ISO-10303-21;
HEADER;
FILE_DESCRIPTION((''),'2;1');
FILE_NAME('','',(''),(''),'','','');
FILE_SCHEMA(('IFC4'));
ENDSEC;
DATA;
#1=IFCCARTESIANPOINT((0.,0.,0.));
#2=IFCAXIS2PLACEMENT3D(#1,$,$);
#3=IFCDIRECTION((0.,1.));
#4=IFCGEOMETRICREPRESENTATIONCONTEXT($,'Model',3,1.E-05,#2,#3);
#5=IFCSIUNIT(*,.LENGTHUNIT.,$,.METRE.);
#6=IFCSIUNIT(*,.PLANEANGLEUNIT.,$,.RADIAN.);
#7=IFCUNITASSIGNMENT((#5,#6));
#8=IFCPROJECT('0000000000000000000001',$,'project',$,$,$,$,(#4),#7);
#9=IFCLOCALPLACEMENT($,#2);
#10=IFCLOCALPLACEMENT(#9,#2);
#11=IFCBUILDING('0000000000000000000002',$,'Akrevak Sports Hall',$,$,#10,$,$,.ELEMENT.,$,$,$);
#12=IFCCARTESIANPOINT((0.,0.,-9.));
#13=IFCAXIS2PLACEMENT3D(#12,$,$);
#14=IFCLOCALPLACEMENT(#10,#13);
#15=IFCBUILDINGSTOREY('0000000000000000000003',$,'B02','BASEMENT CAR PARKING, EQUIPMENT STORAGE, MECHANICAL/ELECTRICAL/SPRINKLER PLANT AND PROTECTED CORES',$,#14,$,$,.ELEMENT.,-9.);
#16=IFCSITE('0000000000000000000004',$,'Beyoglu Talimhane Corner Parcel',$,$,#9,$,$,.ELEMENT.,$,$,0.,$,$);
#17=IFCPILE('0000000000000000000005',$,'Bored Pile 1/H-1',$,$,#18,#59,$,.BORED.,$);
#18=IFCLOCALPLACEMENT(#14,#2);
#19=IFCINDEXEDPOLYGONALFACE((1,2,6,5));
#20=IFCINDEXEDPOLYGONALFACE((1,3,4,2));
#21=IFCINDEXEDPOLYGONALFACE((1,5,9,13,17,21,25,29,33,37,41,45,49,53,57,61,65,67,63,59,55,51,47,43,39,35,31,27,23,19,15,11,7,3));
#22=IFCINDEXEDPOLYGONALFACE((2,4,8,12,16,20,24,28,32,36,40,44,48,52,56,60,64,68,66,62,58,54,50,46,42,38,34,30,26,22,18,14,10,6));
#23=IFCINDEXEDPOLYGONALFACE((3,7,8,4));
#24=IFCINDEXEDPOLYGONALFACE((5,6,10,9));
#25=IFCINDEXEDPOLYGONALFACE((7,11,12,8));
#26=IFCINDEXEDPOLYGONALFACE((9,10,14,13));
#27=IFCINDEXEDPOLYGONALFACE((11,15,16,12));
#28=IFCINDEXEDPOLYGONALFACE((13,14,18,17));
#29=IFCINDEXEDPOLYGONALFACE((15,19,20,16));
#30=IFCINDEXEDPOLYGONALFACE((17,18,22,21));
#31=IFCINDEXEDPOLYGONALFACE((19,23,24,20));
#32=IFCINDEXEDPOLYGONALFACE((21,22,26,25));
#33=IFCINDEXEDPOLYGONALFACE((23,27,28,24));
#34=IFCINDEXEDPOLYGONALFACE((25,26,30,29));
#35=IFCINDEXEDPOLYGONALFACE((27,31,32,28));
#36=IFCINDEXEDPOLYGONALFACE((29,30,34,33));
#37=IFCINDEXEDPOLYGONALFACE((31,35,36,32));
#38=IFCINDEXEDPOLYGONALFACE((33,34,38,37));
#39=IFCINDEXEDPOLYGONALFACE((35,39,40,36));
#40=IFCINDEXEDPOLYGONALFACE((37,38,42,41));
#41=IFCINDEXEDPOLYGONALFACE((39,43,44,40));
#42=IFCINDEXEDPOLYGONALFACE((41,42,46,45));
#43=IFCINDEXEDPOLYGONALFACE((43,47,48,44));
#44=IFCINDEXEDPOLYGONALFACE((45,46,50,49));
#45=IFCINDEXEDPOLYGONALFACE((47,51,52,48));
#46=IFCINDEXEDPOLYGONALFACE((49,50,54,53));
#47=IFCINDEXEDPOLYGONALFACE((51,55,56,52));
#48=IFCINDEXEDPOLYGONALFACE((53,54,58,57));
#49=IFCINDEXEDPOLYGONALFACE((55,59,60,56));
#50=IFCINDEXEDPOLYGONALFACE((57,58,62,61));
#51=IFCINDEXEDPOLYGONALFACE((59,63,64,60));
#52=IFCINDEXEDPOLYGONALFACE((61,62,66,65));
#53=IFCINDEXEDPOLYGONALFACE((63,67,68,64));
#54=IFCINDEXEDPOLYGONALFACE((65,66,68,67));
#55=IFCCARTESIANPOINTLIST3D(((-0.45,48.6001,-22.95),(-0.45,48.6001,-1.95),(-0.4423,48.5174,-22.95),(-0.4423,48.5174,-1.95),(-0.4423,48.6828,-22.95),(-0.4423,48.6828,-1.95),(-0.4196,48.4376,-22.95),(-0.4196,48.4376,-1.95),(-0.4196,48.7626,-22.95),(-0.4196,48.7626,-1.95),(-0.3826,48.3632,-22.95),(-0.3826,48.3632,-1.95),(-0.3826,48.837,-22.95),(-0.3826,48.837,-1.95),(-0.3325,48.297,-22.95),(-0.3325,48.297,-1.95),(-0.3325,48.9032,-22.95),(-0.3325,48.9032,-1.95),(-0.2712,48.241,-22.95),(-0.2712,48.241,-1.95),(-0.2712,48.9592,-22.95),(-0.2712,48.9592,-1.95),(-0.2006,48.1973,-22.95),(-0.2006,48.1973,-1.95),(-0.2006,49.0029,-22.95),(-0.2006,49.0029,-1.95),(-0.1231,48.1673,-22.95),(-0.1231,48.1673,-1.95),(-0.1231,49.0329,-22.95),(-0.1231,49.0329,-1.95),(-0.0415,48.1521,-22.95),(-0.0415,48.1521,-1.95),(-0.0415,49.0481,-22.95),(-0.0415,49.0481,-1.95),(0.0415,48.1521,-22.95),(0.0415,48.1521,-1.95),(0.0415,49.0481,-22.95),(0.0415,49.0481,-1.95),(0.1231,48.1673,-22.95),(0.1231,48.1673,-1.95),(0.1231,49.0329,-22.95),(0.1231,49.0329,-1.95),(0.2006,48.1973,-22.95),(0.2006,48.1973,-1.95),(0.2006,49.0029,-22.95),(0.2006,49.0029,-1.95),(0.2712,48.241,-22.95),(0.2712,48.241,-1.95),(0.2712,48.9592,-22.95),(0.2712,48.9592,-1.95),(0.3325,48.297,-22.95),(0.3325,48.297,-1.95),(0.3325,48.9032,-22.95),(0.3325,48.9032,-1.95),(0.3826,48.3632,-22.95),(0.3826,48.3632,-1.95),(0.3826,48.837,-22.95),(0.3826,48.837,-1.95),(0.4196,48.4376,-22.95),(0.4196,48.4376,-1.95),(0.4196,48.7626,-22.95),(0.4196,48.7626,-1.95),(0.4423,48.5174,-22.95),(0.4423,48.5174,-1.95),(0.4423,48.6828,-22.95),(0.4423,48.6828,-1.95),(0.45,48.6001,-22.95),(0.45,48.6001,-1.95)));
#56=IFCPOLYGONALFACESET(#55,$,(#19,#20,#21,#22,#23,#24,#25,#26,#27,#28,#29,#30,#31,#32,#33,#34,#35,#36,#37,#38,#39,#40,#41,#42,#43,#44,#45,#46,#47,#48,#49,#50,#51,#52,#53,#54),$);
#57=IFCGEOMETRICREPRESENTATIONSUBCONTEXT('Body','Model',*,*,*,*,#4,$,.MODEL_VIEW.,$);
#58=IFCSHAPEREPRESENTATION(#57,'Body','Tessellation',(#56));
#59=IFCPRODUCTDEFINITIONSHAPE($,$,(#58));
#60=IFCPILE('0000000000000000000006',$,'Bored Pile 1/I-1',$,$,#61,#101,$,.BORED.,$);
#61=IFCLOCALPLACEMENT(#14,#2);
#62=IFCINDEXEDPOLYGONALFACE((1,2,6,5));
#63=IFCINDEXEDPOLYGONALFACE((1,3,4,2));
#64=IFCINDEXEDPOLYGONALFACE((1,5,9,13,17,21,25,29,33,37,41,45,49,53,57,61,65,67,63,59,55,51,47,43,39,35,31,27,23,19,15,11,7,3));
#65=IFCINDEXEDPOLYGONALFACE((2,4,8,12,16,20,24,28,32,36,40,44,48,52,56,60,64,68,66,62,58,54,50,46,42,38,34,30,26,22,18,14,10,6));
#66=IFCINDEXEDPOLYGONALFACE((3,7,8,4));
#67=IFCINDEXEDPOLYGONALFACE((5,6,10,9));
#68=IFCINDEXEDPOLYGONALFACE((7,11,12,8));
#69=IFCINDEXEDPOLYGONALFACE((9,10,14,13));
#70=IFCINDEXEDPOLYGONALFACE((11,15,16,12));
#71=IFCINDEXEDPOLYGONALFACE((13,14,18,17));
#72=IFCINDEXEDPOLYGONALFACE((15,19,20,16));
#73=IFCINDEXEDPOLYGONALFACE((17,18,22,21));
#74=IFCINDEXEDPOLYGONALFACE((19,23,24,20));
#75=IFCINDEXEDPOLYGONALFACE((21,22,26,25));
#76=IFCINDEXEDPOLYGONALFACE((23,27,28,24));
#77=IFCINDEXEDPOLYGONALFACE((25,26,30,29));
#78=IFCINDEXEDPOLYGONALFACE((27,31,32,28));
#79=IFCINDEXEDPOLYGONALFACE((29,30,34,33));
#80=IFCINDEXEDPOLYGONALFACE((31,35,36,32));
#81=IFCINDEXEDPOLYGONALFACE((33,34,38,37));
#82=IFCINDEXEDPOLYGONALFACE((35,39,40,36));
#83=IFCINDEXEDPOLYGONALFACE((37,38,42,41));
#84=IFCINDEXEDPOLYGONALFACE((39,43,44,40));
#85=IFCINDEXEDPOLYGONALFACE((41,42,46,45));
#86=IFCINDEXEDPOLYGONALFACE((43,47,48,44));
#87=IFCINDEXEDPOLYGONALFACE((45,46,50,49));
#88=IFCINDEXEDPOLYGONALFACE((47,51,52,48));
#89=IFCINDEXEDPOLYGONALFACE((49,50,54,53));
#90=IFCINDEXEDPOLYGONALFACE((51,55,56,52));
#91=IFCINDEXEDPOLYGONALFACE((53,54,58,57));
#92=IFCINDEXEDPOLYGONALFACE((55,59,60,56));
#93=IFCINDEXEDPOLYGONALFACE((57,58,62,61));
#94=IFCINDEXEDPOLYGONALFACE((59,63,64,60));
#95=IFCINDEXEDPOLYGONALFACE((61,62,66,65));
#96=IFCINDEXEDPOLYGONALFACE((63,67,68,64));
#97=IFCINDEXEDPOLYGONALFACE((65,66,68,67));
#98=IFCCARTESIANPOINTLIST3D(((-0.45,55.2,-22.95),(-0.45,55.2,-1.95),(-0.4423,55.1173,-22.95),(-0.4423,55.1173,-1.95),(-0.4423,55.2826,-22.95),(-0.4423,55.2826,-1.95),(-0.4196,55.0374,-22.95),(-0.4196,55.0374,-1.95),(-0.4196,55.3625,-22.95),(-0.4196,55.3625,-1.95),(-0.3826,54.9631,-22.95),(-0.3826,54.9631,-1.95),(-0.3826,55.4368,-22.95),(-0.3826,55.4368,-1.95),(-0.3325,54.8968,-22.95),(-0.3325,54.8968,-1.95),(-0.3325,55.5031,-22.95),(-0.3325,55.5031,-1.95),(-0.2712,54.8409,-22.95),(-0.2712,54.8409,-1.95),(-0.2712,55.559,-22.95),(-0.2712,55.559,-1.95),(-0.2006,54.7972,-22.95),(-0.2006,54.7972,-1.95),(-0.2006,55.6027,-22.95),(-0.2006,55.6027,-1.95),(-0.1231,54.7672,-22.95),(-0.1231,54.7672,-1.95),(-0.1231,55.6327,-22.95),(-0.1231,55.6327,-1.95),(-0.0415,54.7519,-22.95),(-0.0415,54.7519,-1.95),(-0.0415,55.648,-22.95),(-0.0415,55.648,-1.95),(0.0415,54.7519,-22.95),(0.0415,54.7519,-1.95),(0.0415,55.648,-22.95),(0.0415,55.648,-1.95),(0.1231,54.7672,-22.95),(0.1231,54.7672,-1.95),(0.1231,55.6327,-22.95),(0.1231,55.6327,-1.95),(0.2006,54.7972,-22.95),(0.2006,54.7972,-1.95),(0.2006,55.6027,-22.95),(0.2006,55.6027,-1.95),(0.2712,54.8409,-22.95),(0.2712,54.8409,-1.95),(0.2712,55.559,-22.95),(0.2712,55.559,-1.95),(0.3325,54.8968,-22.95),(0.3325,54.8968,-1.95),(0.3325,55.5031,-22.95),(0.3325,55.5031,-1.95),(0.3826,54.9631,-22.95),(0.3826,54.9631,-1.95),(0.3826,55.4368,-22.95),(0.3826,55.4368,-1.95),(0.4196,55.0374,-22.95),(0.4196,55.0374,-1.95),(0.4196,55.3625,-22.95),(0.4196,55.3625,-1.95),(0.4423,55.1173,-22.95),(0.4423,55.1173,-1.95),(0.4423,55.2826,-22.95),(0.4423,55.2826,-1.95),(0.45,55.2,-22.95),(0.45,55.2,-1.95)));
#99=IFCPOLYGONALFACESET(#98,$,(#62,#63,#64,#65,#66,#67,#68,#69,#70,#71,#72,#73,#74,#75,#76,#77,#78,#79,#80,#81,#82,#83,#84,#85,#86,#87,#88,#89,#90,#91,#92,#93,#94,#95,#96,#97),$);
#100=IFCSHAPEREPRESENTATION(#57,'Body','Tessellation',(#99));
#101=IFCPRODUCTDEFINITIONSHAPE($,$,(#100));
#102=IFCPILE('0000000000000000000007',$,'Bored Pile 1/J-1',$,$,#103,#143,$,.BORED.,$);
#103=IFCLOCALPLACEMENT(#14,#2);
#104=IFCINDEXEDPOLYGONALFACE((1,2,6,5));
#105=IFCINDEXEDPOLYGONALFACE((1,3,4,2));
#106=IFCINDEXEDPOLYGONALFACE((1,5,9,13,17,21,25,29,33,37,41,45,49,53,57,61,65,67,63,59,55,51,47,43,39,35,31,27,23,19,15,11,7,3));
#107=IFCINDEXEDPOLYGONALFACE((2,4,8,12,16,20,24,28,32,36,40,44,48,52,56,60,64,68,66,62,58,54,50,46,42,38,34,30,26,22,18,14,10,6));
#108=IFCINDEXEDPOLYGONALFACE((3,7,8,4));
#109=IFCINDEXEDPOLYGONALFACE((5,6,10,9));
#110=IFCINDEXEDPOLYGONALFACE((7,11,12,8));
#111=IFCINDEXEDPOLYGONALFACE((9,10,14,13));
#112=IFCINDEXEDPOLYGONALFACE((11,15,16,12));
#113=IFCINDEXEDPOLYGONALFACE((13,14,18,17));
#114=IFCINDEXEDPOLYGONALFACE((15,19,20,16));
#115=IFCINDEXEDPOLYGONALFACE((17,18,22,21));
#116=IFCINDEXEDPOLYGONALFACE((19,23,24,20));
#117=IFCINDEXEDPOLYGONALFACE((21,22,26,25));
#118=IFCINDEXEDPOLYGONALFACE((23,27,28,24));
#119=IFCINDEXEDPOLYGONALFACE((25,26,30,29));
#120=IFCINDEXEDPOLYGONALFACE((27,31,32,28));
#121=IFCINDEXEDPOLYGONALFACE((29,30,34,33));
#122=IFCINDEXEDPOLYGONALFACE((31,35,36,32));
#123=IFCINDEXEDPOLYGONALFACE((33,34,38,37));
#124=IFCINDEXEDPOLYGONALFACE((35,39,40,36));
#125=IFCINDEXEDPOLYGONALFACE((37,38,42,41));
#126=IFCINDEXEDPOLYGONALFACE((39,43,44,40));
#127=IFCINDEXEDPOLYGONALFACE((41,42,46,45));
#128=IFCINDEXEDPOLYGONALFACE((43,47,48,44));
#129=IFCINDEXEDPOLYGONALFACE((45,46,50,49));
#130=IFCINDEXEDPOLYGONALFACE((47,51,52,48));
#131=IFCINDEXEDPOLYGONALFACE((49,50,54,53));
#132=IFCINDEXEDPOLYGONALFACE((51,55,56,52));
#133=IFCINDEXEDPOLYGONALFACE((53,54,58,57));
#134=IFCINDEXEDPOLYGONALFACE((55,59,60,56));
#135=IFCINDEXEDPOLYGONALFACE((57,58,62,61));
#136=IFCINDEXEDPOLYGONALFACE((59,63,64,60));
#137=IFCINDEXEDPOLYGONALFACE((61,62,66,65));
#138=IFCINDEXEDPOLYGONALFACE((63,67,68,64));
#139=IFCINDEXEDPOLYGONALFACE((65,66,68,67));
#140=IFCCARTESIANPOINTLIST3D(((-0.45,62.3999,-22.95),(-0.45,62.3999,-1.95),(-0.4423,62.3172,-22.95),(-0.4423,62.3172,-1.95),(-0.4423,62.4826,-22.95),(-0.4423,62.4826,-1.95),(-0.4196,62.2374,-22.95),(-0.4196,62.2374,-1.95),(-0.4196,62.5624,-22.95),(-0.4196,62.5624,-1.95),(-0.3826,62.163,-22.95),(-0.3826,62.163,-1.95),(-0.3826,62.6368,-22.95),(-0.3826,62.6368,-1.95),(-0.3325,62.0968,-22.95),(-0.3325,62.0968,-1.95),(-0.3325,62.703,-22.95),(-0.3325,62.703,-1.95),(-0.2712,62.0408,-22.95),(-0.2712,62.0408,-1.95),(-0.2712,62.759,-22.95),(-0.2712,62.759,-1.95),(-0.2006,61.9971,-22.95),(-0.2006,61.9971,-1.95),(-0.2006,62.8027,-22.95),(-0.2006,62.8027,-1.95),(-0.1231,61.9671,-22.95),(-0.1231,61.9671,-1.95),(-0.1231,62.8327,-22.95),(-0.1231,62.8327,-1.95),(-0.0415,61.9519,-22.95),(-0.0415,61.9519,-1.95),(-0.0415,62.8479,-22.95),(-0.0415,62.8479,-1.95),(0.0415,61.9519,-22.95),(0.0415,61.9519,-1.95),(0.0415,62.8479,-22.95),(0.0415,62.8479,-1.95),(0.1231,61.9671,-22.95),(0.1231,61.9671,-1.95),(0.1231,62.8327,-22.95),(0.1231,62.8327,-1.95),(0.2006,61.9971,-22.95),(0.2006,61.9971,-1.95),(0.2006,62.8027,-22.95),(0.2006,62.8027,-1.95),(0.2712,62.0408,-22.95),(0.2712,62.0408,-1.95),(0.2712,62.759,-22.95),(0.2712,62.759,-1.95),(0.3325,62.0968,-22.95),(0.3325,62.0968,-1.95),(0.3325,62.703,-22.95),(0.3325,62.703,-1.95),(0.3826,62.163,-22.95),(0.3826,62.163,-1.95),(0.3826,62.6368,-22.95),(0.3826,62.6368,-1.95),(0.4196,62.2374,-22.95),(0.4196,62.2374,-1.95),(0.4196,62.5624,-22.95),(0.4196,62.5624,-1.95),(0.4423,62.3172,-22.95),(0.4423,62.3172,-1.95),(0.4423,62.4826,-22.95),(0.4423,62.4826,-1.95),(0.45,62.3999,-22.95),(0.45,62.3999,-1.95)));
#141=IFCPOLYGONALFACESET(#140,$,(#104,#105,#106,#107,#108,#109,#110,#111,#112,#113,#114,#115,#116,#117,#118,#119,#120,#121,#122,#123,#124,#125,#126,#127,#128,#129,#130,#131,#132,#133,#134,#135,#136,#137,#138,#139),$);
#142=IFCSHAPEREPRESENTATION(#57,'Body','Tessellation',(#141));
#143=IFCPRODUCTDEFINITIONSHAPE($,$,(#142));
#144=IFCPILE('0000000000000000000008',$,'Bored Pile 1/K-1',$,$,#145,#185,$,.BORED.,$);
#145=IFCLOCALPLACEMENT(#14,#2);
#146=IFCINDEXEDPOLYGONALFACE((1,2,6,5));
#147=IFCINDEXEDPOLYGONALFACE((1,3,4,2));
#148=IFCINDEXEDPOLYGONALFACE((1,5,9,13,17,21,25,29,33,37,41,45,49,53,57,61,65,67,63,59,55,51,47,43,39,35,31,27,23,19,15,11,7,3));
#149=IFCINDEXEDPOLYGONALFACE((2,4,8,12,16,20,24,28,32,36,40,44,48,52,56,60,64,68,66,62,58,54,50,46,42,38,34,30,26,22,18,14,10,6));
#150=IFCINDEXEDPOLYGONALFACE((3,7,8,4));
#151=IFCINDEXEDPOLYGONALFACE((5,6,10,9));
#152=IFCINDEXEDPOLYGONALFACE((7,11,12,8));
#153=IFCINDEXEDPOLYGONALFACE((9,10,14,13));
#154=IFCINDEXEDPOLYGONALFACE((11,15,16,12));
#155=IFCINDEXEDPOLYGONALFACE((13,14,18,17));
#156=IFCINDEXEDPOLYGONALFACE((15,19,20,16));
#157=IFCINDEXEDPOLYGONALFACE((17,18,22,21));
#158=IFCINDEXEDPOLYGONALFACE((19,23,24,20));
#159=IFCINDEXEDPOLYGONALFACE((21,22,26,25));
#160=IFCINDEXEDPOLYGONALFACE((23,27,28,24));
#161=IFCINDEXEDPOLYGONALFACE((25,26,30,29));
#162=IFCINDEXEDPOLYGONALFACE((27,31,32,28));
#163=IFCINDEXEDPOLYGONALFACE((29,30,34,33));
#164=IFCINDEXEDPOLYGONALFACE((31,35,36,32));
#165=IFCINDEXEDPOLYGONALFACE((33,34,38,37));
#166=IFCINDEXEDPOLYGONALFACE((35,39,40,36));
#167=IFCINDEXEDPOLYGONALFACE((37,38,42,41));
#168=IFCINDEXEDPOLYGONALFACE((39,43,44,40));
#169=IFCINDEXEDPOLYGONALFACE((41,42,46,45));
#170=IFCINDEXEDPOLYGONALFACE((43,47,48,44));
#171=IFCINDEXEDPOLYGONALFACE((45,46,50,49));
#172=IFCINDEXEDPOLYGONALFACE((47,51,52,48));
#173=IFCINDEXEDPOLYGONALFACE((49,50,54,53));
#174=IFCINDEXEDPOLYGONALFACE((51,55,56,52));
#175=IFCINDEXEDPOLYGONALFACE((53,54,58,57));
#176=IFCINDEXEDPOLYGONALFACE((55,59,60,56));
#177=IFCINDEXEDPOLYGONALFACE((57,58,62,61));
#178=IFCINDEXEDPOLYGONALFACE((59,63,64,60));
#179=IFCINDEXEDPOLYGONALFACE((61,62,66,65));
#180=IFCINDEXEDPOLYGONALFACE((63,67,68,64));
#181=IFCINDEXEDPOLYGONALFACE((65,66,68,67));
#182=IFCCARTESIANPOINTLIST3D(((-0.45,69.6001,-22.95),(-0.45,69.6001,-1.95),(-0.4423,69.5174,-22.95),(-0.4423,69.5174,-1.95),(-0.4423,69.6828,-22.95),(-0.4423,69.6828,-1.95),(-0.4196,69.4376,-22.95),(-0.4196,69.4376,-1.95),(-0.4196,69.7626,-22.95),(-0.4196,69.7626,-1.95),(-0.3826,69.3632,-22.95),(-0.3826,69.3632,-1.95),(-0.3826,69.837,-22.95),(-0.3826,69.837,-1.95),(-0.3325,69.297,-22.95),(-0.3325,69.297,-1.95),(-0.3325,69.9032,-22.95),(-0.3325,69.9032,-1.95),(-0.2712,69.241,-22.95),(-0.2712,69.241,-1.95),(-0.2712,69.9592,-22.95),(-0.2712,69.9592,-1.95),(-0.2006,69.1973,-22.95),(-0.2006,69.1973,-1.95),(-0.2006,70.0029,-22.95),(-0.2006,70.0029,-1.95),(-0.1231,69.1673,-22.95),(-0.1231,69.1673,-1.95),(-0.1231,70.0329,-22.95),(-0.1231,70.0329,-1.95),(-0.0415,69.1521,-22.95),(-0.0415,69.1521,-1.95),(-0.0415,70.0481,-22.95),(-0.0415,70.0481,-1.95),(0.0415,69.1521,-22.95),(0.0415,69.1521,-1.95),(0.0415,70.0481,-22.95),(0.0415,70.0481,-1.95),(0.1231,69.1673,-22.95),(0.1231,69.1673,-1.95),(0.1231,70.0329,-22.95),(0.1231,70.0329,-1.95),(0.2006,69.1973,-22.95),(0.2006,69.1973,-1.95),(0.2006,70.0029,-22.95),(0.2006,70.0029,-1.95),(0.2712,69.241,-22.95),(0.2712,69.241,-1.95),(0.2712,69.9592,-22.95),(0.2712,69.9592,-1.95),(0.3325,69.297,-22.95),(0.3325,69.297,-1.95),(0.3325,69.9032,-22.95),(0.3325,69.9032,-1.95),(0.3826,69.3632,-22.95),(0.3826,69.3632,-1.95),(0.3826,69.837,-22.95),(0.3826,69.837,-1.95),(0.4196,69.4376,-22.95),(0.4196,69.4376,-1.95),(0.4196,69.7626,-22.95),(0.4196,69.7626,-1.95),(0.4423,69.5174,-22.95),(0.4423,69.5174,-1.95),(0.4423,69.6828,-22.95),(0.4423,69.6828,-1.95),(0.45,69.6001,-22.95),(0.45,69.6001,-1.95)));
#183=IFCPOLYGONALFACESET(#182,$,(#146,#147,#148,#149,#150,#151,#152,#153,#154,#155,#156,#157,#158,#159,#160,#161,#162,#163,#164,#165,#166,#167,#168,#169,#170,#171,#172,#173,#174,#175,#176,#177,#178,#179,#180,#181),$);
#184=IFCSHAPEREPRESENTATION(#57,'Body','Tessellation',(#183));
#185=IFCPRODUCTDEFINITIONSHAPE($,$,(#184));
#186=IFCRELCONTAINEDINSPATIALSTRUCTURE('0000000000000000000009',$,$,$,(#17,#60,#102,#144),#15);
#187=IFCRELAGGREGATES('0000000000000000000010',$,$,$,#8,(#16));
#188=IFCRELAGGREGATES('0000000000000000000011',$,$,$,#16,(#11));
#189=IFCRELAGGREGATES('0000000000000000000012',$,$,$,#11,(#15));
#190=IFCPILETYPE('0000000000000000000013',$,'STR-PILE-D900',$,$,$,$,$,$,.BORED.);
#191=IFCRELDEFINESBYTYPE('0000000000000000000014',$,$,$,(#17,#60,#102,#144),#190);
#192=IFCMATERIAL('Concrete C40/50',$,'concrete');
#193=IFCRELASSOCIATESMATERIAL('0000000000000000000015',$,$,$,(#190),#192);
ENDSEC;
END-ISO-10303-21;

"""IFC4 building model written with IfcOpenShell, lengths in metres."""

from ifc_helpers import new_model, si_unit, direction, frame, origin, origin_2d, place, context, subcontext, project, spatial, circle, extrude, material, material_profile, profile_set, type_object, element, save


model = new_model("IFC4")

# Units and contexts
model_context = context("Model", 3, precision=1e-05, world=origin(), true_north=direction((0.0, 1.0)))
body_context = subcontext(model_context, "Body", "Model", "MODEL_VIEW")
ifc_project = project(units=[si_unit("LENGTHUNIT", "METRE"), si_unit("PLANEANGLEUNIT", "RADIAN")], contexts=[model_context])

# Site, building, storey
site_placement = place(None, origin())
site = spatial("IfcSite", under=ifc_project, at=site_placement, Name="Beyoglu Talimhane Corner Parcel", CompositionType="ELEMENT", RefElevation=0.0)
building_placement = place(site_placement, origin())
building = spatial("IfcBuilding", under=site, at=building_placement, Name="Akrevak Sports Hall", CompositionType="ELEMENT")
storey_placement = place(building_placement, frame((0.0, 0.0, -9.0)))
storey = spatial("IfcBuildingStorey", under=building, at=storey_placement, Name="B02", Description="BASEMENT CAR PARKING, EQUIPMENT STORAGE, MECHANICAL/ELECTRICAL/SPRINKLER PLANT AND PROTECTED CORES", CompositionType="ELEMENT", Elevation=-9.0)

# Shared definitions
ifc_material_1 = material(Name="Concrete C40/50", Category="concrete")

# Piles
ifc_material_profile_1 = material_profile(ifc_material_1, circle(Radius=0.45, at=origin_2d()), Name="BORED PILE D900", Category="concrete")
ifc_profile_set_1 = profile_set([ifc_material_profile_1], Name="Concrete C40/50")
pile_type_1 = type_object("IfcPileType", Name="STR-PILE-D900", PredefinedType="BORED", material=ifc_profile_set_1)
for number, where, z_axis, x_axis, name in (
    (1, (0.0, 48.6001, -1.95), (0.0, 0.0, -1.0), (1.0, 0.0, 0.0), "Bored Pile 1/H-1"),
    (2, (0.0, 55.2, -1.95), (0.0, 0.0, -1.0), (1.0, 0.0, 0.0), "Bored Pile 1/I-1"),
    (3, (0.0, 62.3999, -1.95), (0.0, 0.0, -1.0), (1.0, 0.0, 0.0), "Bored Pile 1/J-1"),
    (4, (0.0, 69.6001, -1.95), (0.0, 0.0, -1.0), (1.0, 0.0, 0.0), "Bored Pile 1/K-1"),
):
    element("IfcPile", number, at=place(storey_placement, frame(where, z_axis=z_axis, x_axis=x_axis)), inside=storey, type_object=pile_type_1, Name=name, PredefinedType="BORED", context=body_context, shape_type="SweptSolid", body=[
        extrude(circle(Radius=0.45, at=origin_2d()), origin(), (0.0, 0.0, 1.0), 21.0),
    ])

save(model, "model.ifc")
